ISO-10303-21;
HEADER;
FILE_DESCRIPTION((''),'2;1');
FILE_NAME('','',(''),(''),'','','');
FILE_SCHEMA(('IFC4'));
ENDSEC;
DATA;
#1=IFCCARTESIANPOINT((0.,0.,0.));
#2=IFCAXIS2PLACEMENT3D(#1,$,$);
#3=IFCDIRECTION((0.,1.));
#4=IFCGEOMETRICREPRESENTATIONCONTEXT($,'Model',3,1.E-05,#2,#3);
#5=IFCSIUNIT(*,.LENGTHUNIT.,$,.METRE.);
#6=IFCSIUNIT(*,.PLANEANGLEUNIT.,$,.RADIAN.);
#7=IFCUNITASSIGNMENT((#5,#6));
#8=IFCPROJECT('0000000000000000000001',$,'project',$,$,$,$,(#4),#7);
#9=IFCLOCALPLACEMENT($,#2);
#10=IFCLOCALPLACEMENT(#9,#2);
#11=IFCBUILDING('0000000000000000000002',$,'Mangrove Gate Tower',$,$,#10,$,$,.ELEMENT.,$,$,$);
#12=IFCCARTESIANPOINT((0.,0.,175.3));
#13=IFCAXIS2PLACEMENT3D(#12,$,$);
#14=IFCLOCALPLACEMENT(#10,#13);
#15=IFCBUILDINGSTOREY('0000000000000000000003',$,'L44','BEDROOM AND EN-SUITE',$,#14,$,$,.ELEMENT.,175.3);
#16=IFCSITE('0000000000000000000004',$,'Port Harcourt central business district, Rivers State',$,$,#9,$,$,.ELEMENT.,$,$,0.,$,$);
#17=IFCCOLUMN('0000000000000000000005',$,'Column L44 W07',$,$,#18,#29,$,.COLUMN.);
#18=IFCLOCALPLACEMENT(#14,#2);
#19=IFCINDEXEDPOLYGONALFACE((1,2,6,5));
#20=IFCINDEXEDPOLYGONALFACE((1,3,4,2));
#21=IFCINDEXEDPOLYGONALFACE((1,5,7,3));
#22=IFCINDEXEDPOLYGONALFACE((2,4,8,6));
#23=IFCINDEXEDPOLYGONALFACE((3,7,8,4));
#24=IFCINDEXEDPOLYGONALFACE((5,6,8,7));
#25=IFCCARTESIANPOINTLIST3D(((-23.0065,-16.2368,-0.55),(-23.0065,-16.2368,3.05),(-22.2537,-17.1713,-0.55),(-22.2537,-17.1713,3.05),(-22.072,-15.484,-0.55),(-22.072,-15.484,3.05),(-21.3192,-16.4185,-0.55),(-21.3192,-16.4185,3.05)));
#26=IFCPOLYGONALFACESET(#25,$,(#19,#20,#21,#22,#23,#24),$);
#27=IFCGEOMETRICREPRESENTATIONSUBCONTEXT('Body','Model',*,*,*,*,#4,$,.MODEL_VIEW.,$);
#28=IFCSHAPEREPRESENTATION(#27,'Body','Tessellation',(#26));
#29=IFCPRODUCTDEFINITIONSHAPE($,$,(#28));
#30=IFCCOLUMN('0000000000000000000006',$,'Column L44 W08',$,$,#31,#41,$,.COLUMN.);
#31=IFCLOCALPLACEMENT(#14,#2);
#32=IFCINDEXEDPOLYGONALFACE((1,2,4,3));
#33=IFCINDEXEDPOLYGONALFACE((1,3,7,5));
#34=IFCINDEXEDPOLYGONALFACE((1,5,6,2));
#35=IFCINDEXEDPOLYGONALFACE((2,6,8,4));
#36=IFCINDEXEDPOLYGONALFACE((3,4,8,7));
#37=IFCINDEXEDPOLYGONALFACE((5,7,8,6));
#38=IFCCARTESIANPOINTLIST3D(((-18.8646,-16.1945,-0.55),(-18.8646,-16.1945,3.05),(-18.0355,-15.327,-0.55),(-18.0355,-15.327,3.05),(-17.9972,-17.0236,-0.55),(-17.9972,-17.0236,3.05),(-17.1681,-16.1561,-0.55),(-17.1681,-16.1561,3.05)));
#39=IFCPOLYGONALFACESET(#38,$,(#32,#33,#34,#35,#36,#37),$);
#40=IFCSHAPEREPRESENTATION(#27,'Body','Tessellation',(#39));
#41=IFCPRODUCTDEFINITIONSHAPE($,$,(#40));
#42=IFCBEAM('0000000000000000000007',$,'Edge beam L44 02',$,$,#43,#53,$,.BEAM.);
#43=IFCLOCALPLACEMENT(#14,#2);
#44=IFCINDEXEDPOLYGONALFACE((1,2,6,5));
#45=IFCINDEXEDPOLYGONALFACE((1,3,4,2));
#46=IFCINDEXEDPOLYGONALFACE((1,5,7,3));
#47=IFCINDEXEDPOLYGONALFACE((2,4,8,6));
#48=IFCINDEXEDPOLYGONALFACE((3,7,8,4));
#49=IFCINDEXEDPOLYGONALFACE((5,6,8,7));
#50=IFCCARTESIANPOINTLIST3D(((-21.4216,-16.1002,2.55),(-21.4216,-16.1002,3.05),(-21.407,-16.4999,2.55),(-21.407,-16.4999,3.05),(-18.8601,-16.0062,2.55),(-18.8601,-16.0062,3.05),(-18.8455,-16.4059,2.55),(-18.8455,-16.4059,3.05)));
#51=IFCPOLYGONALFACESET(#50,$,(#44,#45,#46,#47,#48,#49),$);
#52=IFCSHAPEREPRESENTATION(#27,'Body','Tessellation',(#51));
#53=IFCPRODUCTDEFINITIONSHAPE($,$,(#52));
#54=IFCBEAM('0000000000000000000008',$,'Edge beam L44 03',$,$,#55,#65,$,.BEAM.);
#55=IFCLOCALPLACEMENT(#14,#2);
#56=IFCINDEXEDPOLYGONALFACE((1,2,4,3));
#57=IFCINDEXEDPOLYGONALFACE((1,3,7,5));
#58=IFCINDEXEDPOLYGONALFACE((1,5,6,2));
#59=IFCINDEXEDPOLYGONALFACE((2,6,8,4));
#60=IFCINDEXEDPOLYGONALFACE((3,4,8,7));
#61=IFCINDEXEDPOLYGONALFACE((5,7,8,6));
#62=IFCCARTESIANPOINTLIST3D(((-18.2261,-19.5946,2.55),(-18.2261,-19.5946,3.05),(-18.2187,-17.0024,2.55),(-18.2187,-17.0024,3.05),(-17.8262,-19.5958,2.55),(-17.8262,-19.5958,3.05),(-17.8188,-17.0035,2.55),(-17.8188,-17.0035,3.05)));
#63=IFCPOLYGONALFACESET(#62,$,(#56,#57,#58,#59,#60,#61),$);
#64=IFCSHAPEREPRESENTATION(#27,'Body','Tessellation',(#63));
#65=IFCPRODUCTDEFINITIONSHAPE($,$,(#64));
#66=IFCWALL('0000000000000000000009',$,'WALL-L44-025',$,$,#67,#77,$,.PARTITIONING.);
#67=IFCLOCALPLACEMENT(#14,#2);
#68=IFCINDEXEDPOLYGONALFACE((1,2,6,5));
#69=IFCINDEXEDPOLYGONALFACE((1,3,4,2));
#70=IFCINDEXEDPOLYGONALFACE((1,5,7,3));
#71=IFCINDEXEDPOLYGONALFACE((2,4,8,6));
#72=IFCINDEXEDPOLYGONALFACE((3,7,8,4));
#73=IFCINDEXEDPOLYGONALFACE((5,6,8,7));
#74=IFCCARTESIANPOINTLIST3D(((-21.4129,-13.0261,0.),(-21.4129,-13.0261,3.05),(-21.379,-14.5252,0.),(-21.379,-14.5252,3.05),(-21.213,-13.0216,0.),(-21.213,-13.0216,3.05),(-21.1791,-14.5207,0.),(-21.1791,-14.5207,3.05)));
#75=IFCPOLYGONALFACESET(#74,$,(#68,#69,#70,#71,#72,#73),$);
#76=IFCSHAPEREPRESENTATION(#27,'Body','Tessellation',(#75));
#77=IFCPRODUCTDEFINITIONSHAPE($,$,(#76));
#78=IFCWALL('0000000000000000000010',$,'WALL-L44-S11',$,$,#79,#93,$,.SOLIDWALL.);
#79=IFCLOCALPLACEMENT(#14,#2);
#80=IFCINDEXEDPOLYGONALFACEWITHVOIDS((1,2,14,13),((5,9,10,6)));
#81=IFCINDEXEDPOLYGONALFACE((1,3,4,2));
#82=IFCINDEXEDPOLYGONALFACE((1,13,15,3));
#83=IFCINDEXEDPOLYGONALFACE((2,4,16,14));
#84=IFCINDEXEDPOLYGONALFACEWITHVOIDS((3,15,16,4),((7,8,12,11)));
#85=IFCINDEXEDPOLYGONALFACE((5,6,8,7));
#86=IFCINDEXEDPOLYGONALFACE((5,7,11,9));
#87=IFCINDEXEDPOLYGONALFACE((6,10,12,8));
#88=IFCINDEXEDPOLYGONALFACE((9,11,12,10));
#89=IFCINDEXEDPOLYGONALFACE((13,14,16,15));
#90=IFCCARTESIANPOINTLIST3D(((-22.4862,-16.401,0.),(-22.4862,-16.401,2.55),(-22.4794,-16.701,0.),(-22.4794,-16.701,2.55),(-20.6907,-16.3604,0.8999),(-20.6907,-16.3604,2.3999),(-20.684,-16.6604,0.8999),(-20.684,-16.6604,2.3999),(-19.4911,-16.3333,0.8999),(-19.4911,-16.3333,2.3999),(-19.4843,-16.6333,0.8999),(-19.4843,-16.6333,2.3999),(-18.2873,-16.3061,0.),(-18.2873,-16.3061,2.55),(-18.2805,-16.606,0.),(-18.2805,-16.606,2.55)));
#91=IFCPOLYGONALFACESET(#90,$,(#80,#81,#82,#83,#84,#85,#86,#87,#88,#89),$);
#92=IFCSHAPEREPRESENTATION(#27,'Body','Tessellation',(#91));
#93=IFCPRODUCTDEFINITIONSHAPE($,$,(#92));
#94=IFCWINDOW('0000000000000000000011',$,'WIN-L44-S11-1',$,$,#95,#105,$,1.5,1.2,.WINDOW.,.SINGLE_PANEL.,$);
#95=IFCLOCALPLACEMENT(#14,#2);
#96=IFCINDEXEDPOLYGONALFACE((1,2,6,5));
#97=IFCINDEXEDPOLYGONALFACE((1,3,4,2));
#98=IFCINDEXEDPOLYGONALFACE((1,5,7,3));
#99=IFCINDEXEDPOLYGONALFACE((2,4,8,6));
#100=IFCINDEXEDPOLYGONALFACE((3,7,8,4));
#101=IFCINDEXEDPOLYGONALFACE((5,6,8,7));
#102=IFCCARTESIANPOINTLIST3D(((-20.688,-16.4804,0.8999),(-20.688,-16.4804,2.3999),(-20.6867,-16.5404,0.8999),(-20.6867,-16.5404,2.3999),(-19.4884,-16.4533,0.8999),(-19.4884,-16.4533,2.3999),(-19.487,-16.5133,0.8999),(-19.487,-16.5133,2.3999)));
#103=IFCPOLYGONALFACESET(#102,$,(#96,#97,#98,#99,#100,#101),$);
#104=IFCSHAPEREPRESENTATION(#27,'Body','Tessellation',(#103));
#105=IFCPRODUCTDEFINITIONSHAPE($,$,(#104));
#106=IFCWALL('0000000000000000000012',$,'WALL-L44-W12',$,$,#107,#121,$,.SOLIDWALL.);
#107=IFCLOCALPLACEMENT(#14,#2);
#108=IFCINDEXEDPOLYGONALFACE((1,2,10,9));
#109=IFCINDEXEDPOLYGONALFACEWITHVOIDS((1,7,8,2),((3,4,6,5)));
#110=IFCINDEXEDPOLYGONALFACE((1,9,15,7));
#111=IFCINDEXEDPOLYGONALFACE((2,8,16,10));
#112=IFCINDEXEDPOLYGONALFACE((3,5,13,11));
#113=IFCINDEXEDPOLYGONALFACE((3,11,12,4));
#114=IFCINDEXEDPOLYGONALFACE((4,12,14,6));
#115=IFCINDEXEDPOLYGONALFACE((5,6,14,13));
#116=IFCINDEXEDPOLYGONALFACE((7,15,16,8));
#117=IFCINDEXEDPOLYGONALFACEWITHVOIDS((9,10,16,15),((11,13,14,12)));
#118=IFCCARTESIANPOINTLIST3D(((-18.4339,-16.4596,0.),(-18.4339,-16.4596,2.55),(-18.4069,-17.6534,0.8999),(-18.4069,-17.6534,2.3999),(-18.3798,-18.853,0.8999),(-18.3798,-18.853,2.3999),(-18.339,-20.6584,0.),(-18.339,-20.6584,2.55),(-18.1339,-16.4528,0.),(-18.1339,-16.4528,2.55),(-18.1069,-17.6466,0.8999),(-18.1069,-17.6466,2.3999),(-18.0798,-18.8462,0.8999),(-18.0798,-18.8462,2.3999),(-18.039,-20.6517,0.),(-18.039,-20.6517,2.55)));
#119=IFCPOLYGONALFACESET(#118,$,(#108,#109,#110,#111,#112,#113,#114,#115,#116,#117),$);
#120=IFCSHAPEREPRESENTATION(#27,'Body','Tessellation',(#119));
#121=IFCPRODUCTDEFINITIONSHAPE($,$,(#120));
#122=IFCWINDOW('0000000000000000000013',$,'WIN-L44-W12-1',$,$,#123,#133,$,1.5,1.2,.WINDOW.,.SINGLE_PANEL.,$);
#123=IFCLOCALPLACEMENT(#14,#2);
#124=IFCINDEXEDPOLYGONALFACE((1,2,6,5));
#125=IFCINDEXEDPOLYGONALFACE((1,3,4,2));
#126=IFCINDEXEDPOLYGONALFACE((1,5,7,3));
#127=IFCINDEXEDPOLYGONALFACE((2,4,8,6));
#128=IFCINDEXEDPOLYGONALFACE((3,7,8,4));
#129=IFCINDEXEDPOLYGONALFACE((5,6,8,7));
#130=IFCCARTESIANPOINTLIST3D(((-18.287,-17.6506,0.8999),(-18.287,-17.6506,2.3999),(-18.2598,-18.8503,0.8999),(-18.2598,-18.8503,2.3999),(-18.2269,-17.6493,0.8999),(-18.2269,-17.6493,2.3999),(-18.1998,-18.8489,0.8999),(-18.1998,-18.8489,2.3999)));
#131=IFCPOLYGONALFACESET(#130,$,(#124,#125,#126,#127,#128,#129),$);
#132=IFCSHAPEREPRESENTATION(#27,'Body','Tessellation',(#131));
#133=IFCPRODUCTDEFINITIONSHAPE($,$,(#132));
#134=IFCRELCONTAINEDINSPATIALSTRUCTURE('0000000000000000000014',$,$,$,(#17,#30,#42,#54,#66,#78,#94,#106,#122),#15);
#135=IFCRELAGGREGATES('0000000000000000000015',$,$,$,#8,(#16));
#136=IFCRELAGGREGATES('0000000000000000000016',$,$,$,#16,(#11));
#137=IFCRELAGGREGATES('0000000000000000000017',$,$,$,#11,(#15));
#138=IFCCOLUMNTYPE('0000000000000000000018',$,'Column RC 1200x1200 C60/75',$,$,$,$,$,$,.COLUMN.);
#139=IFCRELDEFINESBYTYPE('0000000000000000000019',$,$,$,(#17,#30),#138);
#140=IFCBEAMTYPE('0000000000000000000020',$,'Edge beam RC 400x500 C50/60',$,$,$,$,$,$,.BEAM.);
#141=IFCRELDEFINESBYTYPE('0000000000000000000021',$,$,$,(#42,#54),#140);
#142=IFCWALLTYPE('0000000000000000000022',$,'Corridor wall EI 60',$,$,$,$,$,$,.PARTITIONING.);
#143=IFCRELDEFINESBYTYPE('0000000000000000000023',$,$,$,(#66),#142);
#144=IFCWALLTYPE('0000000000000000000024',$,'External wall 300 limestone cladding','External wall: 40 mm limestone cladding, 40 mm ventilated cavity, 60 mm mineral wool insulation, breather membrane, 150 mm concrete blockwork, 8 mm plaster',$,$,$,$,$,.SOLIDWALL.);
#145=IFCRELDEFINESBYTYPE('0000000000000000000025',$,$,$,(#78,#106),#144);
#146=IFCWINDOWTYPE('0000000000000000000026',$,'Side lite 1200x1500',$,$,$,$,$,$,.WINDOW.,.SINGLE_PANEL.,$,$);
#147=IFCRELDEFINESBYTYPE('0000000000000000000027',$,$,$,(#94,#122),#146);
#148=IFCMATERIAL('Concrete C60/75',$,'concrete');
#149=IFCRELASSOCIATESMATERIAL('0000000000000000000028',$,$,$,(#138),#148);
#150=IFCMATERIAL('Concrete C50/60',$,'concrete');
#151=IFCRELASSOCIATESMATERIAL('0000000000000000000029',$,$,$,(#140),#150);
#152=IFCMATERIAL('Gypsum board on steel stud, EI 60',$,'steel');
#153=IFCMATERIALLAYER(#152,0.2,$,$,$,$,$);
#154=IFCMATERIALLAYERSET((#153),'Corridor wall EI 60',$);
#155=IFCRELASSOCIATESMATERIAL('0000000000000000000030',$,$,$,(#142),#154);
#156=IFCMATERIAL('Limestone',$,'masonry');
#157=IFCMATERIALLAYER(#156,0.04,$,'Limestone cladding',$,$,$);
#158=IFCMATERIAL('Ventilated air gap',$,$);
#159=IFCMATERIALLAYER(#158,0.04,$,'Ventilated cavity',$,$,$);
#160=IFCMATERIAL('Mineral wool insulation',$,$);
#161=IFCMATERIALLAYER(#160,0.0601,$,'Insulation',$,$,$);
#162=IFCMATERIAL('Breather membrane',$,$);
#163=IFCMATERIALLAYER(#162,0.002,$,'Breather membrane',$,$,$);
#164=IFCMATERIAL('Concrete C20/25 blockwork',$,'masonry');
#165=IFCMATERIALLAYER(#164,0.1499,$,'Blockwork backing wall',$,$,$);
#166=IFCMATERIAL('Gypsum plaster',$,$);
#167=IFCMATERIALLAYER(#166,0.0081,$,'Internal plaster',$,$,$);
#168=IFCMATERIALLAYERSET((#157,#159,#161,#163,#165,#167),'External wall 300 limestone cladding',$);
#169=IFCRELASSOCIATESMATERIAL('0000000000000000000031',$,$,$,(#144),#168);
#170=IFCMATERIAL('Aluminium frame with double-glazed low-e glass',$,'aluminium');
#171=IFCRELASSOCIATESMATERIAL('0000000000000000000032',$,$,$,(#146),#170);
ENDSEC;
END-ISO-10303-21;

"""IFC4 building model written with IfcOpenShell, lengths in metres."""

from ifc_helpers import new_model, si_unit, direction, frame, frame_2d, origin, origin_2d, place, context, subcontext, project, spatial, rectangle, extrude, material, layer, layer_set, material_profile, profile_set, type_object, element, fill, save


model = new_model("IFC4")

# Units and contexts
model_context = context("Model", 3, precision=1e-05, world=origin(), true_north=direction((0.0, 1.0)))
body_context = subcontext(model_context, "Body", "Model", "MODEL_VIEW")
ifc_project = project(units=[si_unit("LENGTHUNIT", "METRE"), si_unit("PLANEANGLEUNIT", "RADIAN")], contexts=[model_context])

# Site, building, storey
site_placement = place(None, origin())
site = spatial("IfcSite", under=ifc_project, at=site_placement, Name="Port Harcourt central business district, Rivers State", CompositionType="ELEMENT", RefElevation=0.0)
building_placement = place(site_placement, origin())
building = spatial("IfcBuilding", under=site, at=building_placement, Name="Mangrove Gate Tower", CompositionType="ELEMENT")
storey_placement = place(building_placement, frame((0.0, 0.0, 175.3)))
storey = spatial("IfcBuildingStorey", under=building, at=storey_placement, Name="L44", Description="BEDROOM AND EN-SUITE", CompositionType="ELEMENT", Elevation=175.3)

# Columns
ifc_material_1 = material(Name="Concrete C60/75", Category="concrete")
ifc_material_profile_1 = material_profile(ifc_material_1, rectangle(XDim=1.2, YDim=1.2, at=origin_2d()))
ifc_profile_set_1 = profile_set([ifc_material_profile_1], Name="Concrete C60/75")
column_type = type_object("IfcColumnType", Name="Column RC 1200x1200 C60/75", PredefinedType="COLUMN", material=ifc_profile_set_1)
for number, where, z_axis, x_axis, name in (
    (1, (-22.1628, -16.3276, -0.55), (0.0, 0.0, 1.0), (0.627364, -0.778726, 0.0), "Column L44 W07"),
    (2, (-18.0164, -16.1753, -0.55), (0.0, 0.0, 1.0), (0.72292, -0.690932, 0.0), "Column L44 W08"),
):
    element("IfcColumn", number, at=place(storey_placement, frame(where, z_axis=z_axis, x_axis=x_axis)), inside=storey, type_object=column_type, Name=name, PredefinedType="COLUMN", context=body_context, shape_type="SweptSolid", body=[
        extrude(rectangle(XDim=1.2, YDim=1.2, at=origin_2d()), origin(), (0.0, 0.0, 1.0), 3.6001),
    ])

# Beams
ifc_material_2 = material(Name="Concrete C50/60", Category="concrete")
ifc_material_profile_2 = material_profile(ifc_material_2, rectangle(XDim=0.3999, YDim=0.5, at=origin_2d()))
ifc_profile_set_2 = profile_set([ifc_material_profile_2], Name="Concrete C50/60")
beam_type = type_object("IfcBeamType", Name="Edge beam RC 400x500 C50/60", PredefinedType="BEAM", material=ifc_profile_set_2)
beam_1_placement = place(storey_placement, frame((-21.4143, -16.3, 2.8), z_axis=(0.999327, 0.03667, 0.0), x_axis=(-0.03667, 0.999327, 0.0)))
element("IfcBeam", 3, at=beam_1_placement, inside=storey, type_object=beam_type, Name="Edge beam L44 02", PredefinedType="BEAM", context=body_context, shape_type="SweptSolid", body=[
    extrude(rectangle(XDim=0.3999, YDim=0.5, at=origin_2d()), origin(), (0.0, 0.0, 1.0), 2.5632),
])
beam_2_placement = place(storey_placement, frame((-18.0188, -17.0029, 2.8), z_axis=(-0.002825, -0.999996, 0.0), x_axis=(0.999996, -0.002825, 0.0)))
element("IfcBeam", 4, at=beam_2_placement, inside=storey, type_object=beam_type, Name="Edge beam L44 03", PredefinedType="BEAM", context=body_context, shape_type="SweptSolid", body=[
    extrude(rectangle(XDim=0.3999, YDim=0.5, at=origin_2d()), origin(), (0.0, 0.0, 1.0), 2.5923),
])

# Shared definitions
ifc_material_3 = material(Name="Gypsum board on steel stud, EI 60", Category="steel")
ifc_layer_1 = layer(ifc_material_3, 0.2)
ifc_layer_set_1 = layer_set([ifc_layer_1], Name="Corridor wall EI 60")
wall_type_1 = type_object("IfcWallType", Name="Corridor wall EI 60", PredefinedType="PARTITIONING", material=ifc_layer_set_1)

# Wall
wall_1_placement = place(storey_placement, frame((-21.2791, -14.5229, 0.0), z_axis=(0.0, 0.0, 1.0), x_axis=(-0.022633, 0.999744, 0.0)))
element("IfcWall", 5, at=wall_1_placement, inside=storey, type_object=wall_type_1, Name="WALL-L44-025", PredefinedType="PARTITIONING", context=body_context, shape_type="SweptSolid", body=[
    extrude(rectangle(XDim=1.4995, YDim=0.2, at=frame_2d((0.7498, 0.0))), origin(), (0.0, 0.0, 1.0), 3.05),
])

# Walls, openings, windows
ifc_material_4 = material(Name="Limestone", Category="masonry")
ifc_layer_2 = layer(ifc_material_4, 0.04, Name="Limestone cladding")
ifc_material_5 = material(Name="Ventilated air gap")
ifc_layer_3 = layer(ifc_material_5, 0.04, Name="Ventilated cavity")
ifc_material_6 = material(Name="Mineral wool insulation")
ifc_layer_4 = layer(ifc_material_6, 0.0601, Name="Insulation")
ifc_material_7 = material(Name="Breather membrane")
ifc_layer_5 = layer(ifc_material_7, 0.002, Name="Breather membrane")
ifc_material_8 = material(Name="Concrete C20/25 blockwork", Category="masonry")
ifc_layer_6 = layer(ifc_material_8, 0.1499, Name="Blockwork backing wall")
ifc_material_9 = material(Name="Gypsum plaster")
ifc_layer_7 = layer(ifc_material_9, 0.0081, Name="Internal plaster")
ifc_layer_set_2 = layer_set([ifc_layer_2, ifc_layer_3, ifc_layer_4, ifc_layer_5, ifc_layer_6, ifc_layer_7], Name="External wall 300 limestone cladding")
wall_type_2 = type_object("IfcWallType", Name="External wall 300 limestone cladding", Description="External wall: 40 mm limestone cladding, 40 mm ventilated cavity, 60 mm mineral wool insulation, breather membrane, 150 mm concrete blockwork, 8 mm plaster", PredefinedType="SOLIDWALL", material=ifc_layer_set_2)
wall_2_placement = place(storey_placement, frame((-22.4829, -16.551, 0.0), z_axis=(0.0, 0.0, 1.0), x_axis=(0.999744, 0.022612, 0.0)))
wall_2 = element("IfcWall", 6, at=wall_2_placement, inside=storey, type_object=wall_type_2, Name="WALL-L44-S11", PredefinedType="SOLIDWALL", context=body_context, shape_type="SweptSolid", body=[
    extrude(rectangle(XDim=4.2, YDim=0.3, at=frame_2d((2.1001, 0.0))), origin(), (0.0, 0.0, 1.0), 2.55),
])
opening_1_placement = place(wall_2_placement, frame((1.7959, 0.0, 0.8999)))
opening_1 = element("IfcOpeningElement", 7, at=opening_1_placement, cuts=wall_2, PredefinedType="OPENING", context=body_context, shape_type="SweptSolid", body=[
    extrude(rectangle(XDim=1.2, YDim=1.5, at=frame_2d((0.6001, 0.75))), frame((0.0, 0.1599, 0.0), z_axis=(0.0, -1.0, 0.0), x_axis=(1.0, 0.0, 0.0)), (0.0, 0.0, 1.0), 0.3201),
])
ifc_material_10 = material(Name="Aluminium frame with double-glazed low-e glass", Category="aluminium")
window_type = type_object("IfcWindowType", Name="Side lite 1200x1500", PartitioningType="SINGLE_PANEL", PredefinedType="WINDOW", material=ifc_material_10)
window_1_placement = place(opening_1_placement, origin())
window_1 = element("IfcWindow", 8, at=window_1_placement, inside=storey, type_object=window_type, Name="WIN-L44-S11-1", OverallHeight=1.5, OverallWidth=1.2, PartitioningType="SINGLE_PANEL", PredefinedType="WINDOW", context=body_context, shape_type="SweptSolid", body=[
    extrude(rectangle(XDim=1.2, YDim=1.5, at=frame_2d((0.6001, 0.75))), frame((0.0, 0.03, 0.0), z_axis=(0.0, -1.0, 0.0), x_axis=(1.0, 0.0, 0.0)), (0.0, 0.0, 1.0), 0.0601),
])
fill(opening_1, window_1)
wall_3_placement = place(storey_placement, frame((-18.2839, -16.4561, 0.0), z_axis=(0.0, 0.0, 1.0), x_axis=(0.022612, -0.999744, 0.0)))
wall_3 = element("IfcWall", 9, at=wall_3_placement, inside=storey, type_object=wall_type_2, Name="WALL-L44-W12", PredefinedType="SOLIDWALL", context=body_context, shape_type="SweptSolid", body=[
    extrude(rectangle(XDim=4.2, YDim=0.3, at=frame_2d((2.1001, 0.0))), origin(), (0.0, 0.0, 1.0), 2.55),
])
opening_2_placement = place(wall_3_placement, frame((1.1941, 0.0, 0.8999)))
opening_2 = element("IfcOpeningElement", 10, at=opening_2_placement, cuts=wall_3, PredefinedType="OPENING", context=body_context, shape_type="SweptSolid", body=[
    extrude(rectangle(XDim=1.2, YDim=1.5, at=frame_2d((0.6001, 0.75))), frame((0.0, 0.1599, 0.0), z_axis=(0.0, -1.0, 0.0), x_axis=(1.0, 0.0, 0.0)), (0.0, 0.0, 1.0), 0.3201),
])
window_2_placement = place(opening_2_placement, origin())
window_2 = element("IfcWindow", 11, at=window_2_placement, inside=storey, type_object=window_type, Name="WIN-L44-W12-1", OverallHeight=1.5, OverallWidth=1.2, PartitioningType="SINGLE_PANEL", PredefinedType="WINDOW", context=body_context, shape_type="SweptSolid", body=[
    extrude(rectangle(XDim=1.2, YDim=1.5, at=frame_2d((0.6001, 0.75))), frame((0.0, 0.03, 0.0), z_axis=(0.0, -1.0, 0.0), x_axis=(1.0, 0.0, 0.0)), (0.0, 0.0, 1.0), 0.0601),
])
fill(opening_2, window_2)

save(model, "model.ifc")
